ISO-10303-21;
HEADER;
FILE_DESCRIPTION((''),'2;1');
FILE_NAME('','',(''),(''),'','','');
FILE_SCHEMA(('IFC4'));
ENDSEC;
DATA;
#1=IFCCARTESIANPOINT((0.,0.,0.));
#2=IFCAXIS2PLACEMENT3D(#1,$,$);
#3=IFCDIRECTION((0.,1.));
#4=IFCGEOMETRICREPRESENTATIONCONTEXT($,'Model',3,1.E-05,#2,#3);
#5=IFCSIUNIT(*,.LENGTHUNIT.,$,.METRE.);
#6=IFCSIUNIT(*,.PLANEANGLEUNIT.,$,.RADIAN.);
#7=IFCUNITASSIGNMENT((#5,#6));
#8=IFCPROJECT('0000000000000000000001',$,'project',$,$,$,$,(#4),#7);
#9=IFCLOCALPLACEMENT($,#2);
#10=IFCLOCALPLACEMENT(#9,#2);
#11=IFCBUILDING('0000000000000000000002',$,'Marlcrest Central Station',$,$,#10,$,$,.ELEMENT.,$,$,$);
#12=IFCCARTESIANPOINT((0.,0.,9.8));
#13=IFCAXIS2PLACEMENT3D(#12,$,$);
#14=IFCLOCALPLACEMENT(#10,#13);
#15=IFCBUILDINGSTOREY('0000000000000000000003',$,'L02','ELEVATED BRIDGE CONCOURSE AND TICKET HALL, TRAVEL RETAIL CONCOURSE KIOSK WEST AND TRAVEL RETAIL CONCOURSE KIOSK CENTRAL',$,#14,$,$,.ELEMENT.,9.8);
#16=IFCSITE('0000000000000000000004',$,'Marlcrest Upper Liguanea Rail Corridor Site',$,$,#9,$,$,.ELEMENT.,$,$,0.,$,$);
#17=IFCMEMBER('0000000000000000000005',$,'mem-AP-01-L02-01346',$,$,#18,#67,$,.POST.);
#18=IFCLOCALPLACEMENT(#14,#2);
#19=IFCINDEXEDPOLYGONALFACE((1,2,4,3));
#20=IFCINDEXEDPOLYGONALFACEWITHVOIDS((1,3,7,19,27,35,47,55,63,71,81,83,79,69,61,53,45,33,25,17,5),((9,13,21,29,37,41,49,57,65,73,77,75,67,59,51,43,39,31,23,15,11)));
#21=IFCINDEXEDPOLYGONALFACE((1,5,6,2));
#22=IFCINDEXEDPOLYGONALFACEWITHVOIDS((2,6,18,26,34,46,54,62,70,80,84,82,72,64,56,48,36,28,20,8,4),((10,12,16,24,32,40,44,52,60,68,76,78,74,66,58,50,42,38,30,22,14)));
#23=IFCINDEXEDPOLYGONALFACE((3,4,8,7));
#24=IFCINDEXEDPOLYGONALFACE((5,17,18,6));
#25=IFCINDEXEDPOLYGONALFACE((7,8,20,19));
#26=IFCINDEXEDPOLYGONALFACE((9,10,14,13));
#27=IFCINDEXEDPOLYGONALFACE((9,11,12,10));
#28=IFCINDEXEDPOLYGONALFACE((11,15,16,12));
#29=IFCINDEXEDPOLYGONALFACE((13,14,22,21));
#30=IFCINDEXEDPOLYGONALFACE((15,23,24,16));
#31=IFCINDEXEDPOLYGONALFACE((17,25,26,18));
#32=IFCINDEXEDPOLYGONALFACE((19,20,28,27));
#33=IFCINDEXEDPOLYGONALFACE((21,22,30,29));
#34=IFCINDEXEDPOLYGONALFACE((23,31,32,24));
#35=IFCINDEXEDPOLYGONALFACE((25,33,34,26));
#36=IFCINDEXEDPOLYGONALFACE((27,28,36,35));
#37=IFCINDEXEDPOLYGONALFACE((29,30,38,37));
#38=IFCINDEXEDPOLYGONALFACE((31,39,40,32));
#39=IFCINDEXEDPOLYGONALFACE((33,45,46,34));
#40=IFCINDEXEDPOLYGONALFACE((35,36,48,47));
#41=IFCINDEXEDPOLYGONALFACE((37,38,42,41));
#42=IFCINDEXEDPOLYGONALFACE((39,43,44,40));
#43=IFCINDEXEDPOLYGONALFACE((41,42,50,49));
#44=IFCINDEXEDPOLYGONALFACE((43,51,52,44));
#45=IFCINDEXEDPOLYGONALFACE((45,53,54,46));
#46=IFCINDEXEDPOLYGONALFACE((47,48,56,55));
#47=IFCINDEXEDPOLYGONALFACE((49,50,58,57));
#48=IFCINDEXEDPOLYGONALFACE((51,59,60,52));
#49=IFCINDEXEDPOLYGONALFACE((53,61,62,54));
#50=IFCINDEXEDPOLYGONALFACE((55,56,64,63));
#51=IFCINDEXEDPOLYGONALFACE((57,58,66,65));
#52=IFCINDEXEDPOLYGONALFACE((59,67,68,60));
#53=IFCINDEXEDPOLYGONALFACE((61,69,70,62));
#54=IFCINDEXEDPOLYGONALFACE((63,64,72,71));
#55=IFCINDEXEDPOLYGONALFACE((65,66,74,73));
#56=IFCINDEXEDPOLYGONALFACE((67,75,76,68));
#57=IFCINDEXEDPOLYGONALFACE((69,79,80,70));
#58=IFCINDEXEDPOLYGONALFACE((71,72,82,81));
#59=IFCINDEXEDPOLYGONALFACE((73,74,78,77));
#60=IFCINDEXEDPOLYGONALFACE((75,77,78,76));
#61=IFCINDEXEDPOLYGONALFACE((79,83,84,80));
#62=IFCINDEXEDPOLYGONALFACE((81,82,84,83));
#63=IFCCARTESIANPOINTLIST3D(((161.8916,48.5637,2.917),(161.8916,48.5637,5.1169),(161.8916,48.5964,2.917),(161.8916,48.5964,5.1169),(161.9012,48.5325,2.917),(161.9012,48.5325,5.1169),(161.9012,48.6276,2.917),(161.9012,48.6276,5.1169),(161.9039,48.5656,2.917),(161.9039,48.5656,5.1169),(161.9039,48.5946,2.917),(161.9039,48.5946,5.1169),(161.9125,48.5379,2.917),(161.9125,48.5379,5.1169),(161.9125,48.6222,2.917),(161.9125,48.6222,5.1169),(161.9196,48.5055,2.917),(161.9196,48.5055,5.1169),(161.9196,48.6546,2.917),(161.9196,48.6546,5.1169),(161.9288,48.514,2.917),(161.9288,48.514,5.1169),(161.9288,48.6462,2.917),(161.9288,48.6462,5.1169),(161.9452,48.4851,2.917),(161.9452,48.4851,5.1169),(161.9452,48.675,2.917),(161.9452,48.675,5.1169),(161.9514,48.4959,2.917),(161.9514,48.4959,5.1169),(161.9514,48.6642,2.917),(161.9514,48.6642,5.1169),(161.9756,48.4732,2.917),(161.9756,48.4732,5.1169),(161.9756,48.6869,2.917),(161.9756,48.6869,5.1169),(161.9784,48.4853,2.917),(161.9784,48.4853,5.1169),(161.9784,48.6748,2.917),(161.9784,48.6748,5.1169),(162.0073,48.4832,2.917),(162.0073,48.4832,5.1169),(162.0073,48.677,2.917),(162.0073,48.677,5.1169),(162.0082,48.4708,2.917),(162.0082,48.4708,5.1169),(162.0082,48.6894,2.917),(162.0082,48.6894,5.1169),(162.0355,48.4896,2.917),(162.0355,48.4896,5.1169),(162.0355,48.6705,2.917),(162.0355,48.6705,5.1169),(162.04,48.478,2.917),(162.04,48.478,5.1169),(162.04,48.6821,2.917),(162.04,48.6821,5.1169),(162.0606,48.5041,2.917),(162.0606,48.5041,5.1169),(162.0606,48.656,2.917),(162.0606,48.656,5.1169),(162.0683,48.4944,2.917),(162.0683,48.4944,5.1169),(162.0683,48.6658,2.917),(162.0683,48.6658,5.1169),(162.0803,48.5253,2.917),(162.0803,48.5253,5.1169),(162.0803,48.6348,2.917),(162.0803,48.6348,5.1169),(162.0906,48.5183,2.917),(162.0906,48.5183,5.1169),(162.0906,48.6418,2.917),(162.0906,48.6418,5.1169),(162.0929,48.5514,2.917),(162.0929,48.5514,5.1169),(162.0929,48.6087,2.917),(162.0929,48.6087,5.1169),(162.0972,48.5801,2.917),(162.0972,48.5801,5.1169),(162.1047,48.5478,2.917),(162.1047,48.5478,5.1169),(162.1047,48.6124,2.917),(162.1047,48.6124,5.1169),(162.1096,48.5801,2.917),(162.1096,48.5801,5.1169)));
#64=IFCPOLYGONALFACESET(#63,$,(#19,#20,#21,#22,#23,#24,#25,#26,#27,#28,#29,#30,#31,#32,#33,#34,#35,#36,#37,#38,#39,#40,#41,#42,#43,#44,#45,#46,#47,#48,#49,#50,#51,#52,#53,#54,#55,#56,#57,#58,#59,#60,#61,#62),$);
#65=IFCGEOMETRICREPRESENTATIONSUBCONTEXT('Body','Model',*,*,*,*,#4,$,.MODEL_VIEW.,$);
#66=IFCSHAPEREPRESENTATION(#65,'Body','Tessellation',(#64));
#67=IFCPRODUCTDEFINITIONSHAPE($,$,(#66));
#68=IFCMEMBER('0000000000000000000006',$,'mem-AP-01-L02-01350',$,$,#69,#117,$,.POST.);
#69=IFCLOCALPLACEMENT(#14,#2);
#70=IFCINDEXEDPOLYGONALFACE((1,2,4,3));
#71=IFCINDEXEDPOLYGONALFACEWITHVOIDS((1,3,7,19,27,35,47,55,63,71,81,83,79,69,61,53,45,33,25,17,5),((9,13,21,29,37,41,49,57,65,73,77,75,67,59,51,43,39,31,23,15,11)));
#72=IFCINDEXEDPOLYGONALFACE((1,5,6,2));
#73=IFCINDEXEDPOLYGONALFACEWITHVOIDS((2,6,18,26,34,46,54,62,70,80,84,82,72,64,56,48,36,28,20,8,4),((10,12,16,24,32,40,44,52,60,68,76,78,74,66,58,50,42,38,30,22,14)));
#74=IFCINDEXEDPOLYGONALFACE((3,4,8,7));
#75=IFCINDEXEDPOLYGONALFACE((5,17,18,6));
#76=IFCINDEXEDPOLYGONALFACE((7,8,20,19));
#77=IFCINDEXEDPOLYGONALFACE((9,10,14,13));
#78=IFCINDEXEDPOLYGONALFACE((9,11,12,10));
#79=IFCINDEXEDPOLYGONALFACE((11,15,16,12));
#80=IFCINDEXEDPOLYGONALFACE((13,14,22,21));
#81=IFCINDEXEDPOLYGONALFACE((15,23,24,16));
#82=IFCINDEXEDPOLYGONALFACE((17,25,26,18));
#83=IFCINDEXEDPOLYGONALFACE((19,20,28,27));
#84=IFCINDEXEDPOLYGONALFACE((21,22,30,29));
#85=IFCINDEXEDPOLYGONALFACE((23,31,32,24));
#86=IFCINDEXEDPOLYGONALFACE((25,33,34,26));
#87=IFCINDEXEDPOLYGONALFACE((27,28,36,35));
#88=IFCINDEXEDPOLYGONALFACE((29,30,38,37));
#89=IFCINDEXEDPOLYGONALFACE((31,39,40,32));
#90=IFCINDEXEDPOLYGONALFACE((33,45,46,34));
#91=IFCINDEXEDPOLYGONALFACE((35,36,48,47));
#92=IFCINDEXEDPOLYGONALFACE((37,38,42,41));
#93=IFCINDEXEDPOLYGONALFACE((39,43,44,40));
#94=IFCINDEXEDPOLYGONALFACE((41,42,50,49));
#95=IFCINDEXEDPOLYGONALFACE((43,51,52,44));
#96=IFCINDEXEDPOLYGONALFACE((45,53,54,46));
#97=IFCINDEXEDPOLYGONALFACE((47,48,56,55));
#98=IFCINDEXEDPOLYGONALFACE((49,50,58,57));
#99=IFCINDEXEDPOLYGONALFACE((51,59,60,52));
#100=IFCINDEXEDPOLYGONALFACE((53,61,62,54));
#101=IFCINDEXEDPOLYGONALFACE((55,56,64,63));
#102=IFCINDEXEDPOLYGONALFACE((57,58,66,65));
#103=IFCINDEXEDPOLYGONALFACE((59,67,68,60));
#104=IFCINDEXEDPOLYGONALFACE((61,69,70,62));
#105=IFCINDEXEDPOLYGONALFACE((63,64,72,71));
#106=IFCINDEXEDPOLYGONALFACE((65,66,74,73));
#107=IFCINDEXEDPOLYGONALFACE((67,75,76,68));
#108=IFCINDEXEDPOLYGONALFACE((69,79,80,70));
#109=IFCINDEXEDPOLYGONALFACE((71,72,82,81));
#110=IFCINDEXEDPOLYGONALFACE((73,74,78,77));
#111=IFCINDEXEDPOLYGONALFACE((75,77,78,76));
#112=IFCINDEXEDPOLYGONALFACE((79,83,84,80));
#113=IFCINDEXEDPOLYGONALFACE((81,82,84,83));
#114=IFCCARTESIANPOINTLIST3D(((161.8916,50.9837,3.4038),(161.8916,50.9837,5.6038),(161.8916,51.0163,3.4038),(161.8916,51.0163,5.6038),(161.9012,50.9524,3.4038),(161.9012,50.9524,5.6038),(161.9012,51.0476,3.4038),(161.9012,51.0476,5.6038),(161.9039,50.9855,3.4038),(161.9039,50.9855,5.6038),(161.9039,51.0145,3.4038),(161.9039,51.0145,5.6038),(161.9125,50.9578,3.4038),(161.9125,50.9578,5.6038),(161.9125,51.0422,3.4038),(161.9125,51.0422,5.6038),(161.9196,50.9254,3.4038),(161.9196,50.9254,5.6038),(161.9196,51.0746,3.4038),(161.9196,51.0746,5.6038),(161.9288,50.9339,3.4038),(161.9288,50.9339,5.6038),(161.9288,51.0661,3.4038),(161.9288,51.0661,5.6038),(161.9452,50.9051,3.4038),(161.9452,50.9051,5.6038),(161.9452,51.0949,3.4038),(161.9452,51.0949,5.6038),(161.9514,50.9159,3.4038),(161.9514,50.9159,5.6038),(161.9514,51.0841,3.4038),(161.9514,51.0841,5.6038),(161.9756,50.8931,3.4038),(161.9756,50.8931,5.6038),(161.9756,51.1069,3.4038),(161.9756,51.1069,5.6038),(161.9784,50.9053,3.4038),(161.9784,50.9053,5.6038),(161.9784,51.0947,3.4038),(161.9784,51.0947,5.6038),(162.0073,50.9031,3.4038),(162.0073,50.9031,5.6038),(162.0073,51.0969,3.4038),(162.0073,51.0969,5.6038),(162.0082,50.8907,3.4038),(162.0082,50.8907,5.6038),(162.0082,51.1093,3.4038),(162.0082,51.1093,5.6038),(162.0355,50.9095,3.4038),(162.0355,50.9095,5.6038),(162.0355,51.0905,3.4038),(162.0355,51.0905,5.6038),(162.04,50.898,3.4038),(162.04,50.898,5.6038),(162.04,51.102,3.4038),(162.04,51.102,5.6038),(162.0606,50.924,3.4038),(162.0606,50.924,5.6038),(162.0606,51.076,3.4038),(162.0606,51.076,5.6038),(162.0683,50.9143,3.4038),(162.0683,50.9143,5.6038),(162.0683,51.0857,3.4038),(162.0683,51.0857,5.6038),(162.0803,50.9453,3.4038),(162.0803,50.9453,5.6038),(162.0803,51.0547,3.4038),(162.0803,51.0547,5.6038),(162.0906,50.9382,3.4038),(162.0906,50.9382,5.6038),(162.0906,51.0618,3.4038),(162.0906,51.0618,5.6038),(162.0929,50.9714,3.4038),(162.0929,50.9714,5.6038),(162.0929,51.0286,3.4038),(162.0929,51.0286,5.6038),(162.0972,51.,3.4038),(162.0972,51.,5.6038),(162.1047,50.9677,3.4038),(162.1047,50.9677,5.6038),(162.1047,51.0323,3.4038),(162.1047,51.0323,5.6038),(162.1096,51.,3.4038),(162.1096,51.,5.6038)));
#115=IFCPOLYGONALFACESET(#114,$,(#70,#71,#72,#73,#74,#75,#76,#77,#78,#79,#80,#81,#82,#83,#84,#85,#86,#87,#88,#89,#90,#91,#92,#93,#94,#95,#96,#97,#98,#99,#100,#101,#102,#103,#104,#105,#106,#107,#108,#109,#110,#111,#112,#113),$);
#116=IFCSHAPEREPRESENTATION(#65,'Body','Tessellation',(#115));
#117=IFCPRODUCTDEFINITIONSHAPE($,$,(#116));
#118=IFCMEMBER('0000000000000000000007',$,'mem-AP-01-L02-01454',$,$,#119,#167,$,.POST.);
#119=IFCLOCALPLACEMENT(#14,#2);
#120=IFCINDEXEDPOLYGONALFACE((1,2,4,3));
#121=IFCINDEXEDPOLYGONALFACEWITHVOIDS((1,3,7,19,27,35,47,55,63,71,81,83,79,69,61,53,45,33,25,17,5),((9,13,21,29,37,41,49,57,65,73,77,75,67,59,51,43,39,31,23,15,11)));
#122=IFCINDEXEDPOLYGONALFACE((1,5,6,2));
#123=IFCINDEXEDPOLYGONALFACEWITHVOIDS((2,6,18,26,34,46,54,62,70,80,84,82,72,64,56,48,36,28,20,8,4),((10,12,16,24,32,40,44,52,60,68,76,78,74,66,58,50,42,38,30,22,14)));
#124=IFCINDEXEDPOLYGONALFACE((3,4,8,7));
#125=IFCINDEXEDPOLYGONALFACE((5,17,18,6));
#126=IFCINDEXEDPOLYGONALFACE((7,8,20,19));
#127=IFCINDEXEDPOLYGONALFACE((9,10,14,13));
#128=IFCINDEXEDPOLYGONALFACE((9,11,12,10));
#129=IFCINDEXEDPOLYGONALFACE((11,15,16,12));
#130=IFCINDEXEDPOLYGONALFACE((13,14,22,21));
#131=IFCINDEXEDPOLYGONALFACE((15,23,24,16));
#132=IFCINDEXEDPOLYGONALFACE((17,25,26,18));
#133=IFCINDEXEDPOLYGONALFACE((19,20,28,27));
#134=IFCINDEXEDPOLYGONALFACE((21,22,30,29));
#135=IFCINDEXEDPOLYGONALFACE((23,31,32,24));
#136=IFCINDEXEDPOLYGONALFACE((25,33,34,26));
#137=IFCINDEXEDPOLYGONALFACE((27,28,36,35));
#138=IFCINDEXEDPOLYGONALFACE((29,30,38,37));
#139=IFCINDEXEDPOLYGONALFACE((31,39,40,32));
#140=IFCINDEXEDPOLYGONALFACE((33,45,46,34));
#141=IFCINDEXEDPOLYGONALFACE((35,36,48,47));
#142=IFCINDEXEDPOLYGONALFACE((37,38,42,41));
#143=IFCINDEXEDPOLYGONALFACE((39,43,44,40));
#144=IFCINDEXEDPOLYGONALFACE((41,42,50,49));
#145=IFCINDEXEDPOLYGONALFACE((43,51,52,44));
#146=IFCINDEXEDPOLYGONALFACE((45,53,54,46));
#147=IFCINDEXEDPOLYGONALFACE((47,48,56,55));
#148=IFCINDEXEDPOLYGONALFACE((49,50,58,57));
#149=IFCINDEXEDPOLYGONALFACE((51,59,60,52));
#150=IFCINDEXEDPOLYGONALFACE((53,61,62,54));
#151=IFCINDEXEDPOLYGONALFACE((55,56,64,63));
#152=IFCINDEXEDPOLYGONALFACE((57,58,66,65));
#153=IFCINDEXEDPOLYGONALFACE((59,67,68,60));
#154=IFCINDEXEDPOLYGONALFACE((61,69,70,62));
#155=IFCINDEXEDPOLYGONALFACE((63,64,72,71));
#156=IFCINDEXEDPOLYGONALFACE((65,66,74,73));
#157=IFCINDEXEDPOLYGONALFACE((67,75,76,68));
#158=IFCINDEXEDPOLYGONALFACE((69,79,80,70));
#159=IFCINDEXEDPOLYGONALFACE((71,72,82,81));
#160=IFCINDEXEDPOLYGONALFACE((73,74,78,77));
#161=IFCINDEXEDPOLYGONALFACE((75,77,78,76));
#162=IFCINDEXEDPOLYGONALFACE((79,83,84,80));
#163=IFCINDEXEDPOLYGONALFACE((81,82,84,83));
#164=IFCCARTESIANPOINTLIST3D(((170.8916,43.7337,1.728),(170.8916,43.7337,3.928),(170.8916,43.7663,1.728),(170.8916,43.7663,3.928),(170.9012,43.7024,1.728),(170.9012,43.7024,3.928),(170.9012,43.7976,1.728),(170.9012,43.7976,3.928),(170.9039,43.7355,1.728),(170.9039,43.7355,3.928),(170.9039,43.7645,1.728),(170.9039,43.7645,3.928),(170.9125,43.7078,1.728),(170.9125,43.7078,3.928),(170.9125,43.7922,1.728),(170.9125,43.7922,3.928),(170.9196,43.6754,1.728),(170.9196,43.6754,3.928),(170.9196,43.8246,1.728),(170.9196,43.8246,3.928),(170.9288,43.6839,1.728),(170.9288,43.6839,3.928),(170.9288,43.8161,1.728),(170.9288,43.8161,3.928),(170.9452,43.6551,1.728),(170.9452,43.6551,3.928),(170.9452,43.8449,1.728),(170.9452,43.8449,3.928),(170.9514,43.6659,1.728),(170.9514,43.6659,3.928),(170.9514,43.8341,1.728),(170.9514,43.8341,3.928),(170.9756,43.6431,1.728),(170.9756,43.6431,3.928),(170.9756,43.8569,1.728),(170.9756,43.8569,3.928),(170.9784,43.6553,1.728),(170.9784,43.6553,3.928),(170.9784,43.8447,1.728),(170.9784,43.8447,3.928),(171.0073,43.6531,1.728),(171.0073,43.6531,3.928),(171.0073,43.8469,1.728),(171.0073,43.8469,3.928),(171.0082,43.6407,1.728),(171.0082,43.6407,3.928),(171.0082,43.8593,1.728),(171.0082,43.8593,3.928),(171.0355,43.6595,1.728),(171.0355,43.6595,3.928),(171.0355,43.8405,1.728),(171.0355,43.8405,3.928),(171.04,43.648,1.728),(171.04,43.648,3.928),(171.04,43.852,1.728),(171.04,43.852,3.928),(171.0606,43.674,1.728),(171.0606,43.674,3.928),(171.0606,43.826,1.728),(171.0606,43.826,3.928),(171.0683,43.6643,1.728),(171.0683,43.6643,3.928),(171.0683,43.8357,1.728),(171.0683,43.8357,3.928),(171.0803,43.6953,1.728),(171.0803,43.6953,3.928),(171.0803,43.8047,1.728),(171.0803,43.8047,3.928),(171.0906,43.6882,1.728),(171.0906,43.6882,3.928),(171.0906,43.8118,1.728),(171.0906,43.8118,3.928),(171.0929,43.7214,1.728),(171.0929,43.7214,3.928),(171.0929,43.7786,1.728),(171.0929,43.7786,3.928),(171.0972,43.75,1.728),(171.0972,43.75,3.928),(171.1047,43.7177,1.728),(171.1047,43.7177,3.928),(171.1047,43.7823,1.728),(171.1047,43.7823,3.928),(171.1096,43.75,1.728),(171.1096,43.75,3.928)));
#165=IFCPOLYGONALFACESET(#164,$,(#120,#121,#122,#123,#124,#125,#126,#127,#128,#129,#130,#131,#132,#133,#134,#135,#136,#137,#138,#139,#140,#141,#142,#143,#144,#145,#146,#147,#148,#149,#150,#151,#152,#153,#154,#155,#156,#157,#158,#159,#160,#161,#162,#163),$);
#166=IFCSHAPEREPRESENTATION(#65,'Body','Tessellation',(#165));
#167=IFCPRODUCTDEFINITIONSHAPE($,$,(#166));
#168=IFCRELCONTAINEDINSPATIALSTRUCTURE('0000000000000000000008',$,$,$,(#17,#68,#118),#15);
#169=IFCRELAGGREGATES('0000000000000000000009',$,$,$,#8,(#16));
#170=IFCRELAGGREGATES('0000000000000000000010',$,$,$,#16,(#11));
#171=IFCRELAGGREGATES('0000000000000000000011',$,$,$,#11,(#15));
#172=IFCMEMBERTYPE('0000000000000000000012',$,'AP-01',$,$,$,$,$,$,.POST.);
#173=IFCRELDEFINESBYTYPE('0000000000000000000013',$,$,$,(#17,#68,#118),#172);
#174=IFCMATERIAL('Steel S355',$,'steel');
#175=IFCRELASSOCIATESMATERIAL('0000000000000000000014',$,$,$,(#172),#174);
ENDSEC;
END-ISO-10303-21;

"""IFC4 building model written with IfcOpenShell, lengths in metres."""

from ifc_helpers import new_model, si_unit, direction, frame, origin, origin_2d, place, context, subcontext, project, spatial, hollow_circle, extrude, material, material_profile, profile_set, type_object, element, save


model = new_model("IFC4")

# Units and contexts
model_context = context("Model", 3, precision=1e-05, world=origin(), true_north=direction((0.0, 1.0)))
body_context = subcontext(model_context, "Body", "Model", "MODEL_VIEW")
ifc_project = project(units=[si_unit("LENGTHUNIT", "METRE"), si_unit("PLANEANGLEUNIT", "RADIAN")], contexts=[model_context])

# Site, building, storey
site_placement = place(None, origin())
site = spatial("IfcSite", under=ifc_project, at=site_placement, Name="Marlcrest Upper Liguanea Rail Corridor Site", CompositionType="ELEMENT", RefElevation=0.0)
building_placement = place(site_placement, origin())
building = spatial("IfcBuilding", under=site, at=building_placement, Name="Marlcrest Central Station", CompositionType="ELEMENT")
storey_placement = place(building_placement, frame((0.0, 0.0, 9.8)))
storey = spatial("IfcBuildingStorey", under=building, at=storey_placement, Name="L02", Description="ELEVATED BRIDGE CONCOURSE AND TICKET HALL, TRAVEL RETAIL CONCOURSE KIOSK WEST AND TRAVEL RETAIL CONCOURSE KIOSK CENTRAL", CompositionType="ELEMENT", Elevation=9.8)

# Members
ifc_material = material(Name="Steel S355", Category="steel")
ifc_material_profile_1 = material_profile(ifc_material, hollow_circle(Radius=0.1096, WallThickness=0.0125, at=origin_2d()), Name="CHS 219.1x12.5")
ifc_profile_set_1 = profile_set([ifc_material_profile_1], Name="Steel S355")
member_type_1 = type_object("IfcMemberType", Name="AP-01", PredefinedType="POST", material=ifc_profile_set_1)
for number, where, z_axis, x_axis, name in (
    (1, (162.0, 48.5801, 2.917), (0.0, 0.0, 1.0), (1.0, 0.0, 0.0), "mem-AP-01-L02-01346"),
    (2, (162.0, 51.0, 3.4038), (0.0, 0.0, 1.0), (1.0, 0.0, 0.0), "mem-AP-01-L02-01350"),
    (3, (171.0, 43.75, 1.728), (0.0, 0.0, 1.0), (1.0, 0.0, 0.0), "mem-AP-01-L02-01454"),
):
    element("IfcMember", number, at=place(storey_placement, frame(where, z_axis=z_axis, x_axis=x_axis)), inside=storey, type_object=member_type_1, Name=name, PredefinedType="POST", context=body_context, shape_type="SweptSolid", body=[
        extrude(hollow_circle(Radius=0.1096, WallThickness=0.0125, at=origin_2d()), origin(), (0.0, 0.0, 1.0), 2.2),
    ])

save(model, "model.ifc")
